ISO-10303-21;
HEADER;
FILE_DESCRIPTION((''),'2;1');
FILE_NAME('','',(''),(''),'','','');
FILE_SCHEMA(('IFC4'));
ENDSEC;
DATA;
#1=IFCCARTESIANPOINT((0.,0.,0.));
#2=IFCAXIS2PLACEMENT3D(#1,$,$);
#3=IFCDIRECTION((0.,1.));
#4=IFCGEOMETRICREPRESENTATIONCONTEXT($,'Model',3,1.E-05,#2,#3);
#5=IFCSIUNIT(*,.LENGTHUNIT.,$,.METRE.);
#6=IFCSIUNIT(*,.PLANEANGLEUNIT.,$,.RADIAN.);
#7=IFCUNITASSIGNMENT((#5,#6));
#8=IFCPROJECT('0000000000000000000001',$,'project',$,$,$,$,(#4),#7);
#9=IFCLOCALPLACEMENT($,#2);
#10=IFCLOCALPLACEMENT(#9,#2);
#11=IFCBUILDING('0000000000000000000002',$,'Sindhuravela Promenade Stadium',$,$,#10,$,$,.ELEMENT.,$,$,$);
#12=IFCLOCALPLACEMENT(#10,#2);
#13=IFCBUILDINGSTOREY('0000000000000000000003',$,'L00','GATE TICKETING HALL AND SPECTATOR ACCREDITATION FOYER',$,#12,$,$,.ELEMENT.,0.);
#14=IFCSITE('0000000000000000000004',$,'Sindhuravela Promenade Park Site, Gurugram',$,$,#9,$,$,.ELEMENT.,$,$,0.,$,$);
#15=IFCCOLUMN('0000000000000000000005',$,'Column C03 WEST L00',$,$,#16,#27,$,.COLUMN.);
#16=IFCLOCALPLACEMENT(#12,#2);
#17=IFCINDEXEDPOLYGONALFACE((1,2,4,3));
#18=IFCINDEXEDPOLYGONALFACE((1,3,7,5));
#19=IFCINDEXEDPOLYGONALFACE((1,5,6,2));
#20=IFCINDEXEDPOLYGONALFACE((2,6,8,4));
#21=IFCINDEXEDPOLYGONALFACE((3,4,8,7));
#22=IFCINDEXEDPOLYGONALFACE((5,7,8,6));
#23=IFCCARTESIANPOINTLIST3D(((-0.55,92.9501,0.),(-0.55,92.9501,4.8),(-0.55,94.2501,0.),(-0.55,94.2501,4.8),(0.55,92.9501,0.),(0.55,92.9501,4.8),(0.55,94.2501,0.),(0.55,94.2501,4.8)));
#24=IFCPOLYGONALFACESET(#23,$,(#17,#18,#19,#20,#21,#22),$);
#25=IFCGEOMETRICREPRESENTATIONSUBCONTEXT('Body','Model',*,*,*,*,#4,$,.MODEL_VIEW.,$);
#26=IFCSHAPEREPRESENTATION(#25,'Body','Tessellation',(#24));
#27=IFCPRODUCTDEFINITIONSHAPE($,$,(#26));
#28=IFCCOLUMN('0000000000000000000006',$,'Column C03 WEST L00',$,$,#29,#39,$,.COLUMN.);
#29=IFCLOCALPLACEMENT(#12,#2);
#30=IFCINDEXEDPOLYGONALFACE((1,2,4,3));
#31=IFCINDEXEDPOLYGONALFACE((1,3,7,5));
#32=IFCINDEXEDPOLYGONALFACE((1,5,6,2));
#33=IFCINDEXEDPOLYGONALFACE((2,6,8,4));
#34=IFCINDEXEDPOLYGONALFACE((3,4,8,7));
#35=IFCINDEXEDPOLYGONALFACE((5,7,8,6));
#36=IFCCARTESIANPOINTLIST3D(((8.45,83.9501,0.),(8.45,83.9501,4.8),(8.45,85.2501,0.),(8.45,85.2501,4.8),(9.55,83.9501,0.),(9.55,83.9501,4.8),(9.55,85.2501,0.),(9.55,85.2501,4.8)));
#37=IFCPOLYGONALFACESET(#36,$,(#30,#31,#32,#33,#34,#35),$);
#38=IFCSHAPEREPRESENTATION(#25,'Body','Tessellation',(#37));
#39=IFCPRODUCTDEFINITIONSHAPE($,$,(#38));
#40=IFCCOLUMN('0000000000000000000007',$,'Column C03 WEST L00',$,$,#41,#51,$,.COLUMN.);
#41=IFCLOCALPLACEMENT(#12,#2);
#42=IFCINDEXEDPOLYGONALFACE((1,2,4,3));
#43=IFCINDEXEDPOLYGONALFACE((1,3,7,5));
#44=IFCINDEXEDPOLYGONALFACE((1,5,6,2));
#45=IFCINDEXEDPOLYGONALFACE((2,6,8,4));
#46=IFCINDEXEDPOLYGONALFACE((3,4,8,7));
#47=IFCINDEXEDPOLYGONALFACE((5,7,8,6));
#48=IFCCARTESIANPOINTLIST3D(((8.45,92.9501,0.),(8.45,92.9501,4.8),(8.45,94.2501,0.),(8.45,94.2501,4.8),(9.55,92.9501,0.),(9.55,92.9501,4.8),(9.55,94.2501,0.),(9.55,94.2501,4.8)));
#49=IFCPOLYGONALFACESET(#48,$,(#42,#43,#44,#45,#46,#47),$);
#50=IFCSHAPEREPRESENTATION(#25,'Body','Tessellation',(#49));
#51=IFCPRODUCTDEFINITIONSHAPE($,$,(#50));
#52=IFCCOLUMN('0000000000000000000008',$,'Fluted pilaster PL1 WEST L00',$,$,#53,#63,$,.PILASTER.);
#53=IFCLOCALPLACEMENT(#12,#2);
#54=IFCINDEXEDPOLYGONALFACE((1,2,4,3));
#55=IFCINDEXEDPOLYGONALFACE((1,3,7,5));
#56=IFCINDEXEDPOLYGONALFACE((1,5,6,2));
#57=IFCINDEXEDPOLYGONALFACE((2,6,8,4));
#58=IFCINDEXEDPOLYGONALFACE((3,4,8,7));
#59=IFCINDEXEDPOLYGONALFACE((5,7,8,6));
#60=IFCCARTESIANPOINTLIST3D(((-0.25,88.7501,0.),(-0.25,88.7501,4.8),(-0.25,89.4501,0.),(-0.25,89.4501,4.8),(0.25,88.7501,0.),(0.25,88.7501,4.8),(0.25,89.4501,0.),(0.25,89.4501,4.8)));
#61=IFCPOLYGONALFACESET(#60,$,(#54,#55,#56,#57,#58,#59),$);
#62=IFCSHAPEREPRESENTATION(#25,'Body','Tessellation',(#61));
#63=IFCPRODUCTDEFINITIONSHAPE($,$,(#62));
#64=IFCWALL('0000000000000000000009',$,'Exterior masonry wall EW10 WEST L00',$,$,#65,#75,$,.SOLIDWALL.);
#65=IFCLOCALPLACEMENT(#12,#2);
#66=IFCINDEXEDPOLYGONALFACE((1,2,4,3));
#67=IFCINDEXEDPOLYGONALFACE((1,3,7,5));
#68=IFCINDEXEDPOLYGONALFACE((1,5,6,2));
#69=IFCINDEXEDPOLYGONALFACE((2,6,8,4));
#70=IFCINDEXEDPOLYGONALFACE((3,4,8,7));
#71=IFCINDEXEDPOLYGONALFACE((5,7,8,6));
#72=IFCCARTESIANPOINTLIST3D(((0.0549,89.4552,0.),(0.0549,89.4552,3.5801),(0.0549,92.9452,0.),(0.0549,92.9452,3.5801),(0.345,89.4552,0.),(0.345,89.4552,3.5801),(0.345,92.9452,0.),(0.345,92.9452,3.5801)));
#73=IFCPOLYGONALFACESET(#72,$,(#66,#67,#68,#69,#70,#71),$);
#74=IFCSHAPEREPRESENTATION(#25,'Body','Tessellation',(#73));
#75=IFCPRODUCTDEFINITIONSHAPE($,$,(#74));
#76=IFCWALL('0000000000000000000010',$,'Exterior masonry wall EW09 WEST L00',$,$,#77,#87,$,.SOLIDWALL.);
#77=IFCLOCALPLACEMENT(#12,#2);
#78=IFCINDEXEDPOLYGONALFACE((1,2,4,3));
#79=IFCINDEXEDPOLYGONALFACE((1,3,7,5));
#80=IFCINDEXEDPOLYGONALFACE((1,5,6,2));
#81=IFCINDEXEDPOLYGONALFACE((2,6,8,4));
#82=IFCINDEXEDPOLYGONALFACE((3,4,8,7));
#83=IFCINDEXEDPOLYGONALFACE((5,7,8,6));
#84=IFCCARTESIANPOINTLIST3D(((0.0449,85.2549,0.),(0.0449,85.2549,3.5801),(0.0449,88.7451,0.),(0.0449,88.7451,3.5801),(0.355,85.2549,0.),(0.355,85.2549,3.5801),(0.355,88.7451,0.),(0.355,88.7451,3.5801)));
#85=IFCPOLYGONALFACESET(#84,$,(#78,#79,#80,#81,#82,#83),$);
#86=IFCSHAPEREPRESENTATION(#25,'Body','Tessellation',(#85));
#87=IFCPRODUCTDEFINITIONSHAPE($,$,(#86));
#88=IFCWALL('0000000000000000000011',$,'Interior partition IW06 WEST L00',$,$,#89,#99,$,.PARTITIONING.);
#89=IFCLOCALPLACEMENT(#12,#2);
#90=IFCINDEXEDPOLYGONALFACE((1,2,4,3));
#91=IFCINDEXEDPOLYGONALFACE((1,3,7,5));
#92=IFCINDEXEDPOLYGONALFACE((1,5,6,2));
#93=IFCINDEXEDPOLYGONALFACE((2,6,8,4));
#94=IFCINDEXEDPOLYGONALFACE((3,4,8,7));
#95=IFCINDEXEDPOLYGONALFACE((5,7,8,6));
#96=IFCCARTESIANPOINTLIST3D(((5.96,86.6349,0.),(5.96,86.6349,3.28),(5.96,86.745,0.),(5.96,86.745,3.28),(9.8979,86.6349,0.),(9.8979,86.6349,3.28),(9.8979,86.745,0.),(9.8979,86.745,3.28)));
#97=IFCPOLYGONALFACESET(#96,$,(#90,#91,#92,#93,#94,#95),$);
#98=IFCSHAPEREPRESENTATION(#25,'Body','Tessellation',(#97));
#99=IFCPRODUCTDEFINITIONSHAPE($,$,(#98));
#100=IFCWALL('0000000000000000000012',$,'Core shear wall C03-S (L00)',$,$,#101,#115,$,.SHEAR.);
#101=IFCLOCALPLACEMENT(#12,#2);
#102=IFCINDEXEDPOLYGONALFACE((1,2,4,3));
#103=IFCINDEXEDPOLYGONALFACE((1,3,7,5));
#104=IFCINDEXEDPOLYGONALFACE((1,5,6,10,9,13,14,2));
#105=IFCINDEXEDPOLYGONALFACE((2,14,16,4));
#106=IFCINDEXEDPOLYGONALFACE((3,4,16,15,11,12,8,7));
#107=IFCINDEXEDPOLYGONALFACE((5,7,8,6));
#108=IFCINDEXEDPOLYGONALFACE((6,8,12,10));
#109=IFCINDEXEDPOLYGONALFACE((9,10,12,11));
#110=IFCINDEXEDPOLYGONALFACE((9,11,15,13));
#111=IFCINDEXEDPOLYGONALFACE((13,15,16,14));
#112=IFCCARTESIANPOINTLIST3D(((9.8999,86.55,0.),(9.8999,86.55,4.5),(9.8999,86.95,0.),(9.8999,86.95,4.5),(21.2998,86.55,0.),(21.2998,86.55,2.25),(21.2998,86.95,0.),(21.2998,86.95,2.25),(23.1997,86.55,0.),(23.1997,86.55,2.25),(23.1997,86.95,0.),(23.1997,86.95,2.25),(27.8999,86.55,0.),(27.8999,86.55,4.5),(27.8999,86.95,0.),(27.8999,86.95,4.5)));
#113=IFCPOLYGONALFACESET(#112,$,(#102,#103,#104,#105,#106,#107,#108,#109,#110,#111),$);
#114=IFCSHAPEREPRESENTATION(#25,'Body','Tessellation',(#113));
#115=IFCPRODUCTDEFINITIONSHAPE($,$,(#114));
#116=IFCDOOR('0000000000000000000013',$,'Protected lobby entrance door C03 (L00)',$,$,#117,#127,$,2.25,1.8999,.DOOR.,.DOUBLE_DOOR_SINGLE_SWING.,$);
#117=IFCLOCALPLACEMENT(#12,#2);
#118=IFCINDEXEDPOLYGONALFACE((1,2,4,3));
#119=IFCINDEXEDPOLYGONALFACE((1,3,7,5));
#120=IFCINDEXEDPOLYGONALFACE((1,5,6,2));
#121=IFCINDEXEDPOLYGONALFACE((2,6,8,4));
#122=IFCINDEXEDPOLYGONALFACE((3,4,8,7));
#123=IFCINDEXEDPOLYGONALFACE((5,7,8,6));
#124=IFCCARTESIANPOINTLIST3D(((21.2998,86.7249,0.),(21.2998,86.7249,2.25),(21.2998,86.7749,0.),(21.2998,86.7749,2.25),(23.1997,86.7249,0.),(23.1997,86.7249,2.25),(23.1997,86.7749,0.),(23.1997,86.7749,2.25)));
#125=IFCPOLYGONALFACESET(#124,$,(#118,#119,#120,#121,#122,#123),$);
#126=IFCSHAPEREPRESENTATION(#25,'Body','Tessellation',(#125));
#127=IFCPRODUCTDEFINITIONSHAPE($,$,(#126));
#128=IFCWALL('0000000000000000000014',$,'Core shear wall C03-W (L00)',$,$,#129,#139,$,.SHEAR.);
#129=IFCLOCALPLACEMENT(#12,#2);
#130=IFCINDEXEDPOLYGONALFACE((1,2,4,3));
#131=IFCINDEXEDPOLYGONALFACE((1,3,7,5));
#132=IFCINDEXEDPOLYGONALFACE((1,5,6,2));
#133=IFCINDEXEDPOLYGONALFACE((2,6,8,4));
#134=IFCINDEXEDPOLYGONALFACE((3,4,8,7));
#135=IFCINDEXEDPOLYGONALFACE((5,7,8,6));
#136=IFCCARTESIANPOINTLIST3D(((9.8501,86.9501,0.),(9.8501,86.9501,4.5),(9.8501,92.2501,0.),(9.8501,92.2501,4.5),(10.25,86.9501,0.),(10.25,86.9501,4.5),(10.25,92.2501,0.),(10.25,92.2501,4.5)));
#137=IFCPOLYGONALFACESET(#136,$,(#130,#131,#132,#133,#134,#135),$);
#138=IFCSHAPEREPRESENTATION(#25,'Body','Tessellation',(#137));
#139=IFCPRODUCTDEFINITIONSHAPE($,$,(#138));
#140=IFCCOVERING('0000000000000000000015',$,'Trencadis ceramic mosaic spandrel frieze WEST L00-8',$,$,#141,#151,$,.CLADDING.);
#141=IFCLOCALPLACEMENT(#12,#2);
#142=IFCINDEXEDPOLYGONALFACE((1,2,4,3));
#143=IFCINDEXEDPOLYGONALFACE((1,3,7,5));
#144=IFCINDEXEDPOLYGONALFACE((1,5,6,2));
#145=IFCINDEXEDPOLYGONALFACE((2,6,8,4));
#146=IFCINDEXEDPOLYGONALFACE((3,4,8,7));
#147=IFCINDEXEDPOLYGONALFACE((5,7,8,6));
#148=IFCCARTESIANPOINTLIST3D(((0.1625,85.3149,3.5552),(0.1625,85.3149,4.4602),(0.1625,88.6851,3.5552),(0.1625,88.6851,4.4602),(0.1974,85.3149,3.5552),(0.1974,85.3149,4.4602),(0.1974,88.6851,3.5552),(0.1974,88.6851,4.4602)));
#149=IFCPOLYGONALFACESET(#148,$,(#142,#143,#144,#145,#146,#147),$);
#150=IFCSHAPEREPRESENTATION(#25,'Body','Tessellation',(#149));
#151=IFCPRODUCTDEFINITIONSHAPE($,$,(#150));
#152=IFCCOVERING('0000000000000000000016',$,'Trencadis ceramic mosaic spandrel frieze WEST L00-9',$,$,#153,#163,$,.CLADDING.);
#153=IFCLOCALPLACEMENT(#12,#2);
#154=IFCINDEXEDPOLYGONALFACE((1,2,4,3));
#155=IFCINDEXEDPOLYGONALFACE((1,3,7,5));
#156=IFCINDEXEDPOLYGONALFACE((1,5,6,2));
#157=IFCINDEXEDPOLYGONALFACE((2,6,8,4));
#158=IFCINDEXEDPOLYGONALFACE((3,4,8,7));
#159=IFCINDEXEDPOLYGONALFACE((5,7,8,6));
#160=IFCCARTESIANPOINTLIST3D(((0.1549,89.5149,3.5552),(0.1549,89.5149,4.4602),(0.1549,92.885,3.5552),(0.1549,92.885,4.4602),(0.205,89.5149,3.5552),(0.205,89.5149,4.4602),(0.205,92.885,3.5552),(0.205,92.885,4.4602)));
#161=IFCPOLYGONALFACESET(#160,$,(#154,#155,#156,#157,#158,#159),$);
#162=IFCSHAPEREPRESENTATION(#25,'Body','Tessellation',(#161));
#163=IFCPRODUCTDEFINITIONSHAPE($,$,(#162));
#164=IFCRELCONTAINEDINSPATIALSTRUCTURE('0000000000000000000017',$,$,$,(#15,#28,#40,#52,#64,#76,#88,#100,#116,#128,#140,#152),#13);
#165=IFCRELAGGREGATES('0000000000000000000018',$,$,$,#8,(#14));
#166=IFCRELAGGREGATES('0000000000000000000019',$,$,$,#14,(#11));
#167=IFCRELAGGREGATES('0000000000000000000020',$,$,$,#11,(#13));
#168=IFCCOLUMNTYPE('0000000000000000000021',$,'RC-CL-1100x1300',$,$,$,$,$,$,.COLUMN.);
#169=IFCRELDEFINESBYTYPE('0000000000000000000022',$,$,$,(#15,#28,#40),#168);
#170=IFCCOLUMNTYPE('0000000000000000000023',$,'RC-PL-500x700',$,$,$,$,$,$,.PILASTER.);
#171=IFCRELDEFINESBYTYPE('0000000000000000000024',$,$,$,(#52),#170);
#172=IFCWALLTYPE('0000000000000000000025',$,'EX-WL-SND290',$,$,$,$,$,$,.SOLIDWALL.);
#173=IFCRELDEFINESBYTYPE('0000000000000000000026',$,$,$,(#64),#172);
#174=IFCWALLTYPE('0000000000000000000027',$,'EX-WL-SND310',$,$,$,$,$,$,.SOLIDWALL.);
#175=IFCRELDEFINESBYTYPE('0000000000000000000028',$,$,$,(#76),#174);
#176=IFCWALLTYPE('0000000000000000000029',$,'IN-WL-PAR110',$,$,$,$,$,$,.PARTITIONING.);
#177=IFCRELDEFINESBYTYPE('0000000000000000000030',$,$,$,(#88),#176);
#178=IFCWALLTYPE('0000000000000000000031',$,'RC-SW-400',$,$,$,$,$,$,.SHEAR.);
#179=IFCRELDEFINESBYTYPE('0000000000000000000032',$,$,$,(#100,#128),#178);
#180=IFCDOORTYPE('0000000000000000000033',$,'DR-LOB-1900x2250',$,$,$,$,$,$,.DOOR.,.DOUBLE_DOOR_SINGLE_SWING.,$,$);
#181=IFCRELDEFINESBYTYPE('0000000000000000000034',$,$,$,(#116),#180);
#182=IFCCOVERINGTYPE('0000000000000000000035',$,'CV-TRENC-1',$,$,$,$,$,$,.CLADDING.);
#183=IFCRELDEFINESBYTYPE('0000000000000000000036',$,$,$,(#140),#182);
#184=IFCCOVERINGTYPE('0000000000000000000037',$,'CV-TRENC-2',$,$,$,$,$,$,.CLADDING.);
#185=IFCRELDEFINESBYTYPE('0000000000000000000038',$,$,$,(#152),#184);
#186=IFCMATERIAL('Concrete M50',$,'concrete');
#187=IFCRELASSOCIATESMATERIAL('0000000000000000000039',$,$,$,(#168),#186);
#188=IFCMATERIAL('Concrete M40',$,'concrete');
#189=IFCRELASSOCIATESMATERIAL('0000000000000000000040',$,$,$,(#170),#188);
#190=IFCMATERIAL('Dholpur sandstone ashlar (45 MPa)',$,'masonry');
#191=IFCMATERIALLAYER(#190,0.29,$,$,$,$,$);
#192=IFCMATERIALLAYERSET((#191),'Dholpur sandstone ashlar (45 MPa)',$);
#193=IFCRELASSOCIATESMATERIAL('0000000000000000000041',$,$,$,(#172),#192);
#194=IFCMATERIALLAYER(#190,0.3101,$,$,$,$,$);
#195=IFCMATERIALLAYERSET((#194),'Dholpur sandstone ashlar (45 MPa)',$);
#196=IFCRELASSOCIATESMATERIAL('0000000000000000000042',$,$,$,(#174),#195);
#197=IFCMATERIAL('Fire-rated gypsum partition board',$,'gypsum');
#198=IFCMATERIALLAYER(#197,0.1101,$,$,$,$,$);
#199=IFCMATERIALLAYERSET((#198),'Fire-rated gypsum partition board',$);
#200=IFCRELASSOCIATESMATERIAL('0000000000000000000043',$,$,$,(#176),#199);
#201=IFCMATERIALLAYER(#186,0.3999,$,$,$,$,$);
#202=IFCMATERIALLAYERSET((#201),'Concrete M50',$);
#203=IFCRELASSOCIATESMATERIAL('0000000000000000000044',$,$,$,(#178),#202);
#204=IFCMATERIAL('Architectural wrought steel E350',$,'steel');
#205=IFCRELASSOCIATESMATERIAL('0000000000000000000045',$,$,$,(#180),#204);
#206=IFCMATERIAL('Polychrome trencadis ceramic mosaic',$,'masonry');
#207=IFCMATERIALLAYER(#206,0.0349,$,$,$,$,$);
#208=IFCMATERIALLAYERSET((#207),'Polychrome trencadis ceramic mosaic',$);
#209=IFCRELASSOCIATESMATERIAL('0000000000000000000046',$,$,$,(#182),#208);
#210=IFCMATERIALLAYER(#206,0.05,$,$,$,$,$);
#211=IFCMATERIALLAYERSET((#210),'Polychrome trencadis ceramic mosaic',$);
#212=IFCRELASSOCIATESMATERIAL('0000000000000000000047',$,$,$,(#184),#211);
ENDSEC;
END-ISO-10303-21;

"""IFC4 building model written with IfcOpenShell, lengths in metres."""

from ifc_helpers import new_model, si_unit, direction, frame, frame_2d, origin, origin_2d, place, context, subcontext, project, spatial, rectangle, extrude, material, layer, layer_set, material_profile, profile_set, type_object, element, fill, save


model = new_model("IFC4")

# Units and contexts
model_context = context("Model", 3, precision=1e-05, world=origin(), true_north=direction((0.0, 1.0)))
body_context = subcontext(model_context, "Body", "Model", "MODEL_VIEW")
ifc_project = project(units=[si_unit("LENGTHUNIT", "METRE"), si_unit("PLANEANGLEUNIT", "RADIAN")], contexts=[model_context])

# Site, building, storey
site_placement = place(None, origin())
site = spatial("IfcSite", under=ifc_project, at=site_placement, Name="Sindhuravela Promenade Park Site, Gurugram", CompositionType="ELEMENT", RefElevation=0.0)
building_placement = place(site_placement, origin())
building = spatial("IfcBuilding", under=site, at=building_placement, Name="Sindhuravela Promenade Stadium", CompositionType="ELEMENT")
storey_placement = place(building_placement, origin())
storey = spatial("IfcBuildingStorey", under=building, at=storey_placement, Name="L00", Description="GATE TICKETING HALL AND SPECTATOR ACCREDITATION FOYER", CompositionType="ELEMENT", Elevation=0.0)

# Shared definitions
ifc_material_1 = material(Name="Concrete M50", Category="concrete")

# Shared definitions
ifc_material_2 = material(Name="Concrete M40", Category="concrete")

# Columns
ifc_material_profile_1 = material_profile(ifc_material_1, rectangle(XDim=1.1001, YDim=1.3, at=origin_2d()), Name="RC 1100x1300")
ifc_profile_set_1 = profile_set([ifc_material_profile_1], Name="Concrete M50")
column_type_1 = type_object("IfcColumnType", Name="RC-CL-1100x1300", PredefinedType="COLUMN", material=ifc_profile_set_1)
for number, where, z_axis, x_axis, name in (
    (1, (0.0, 93.6001, 0.0), (0.0, 0.0, 1.0), (1.0, 0.0, 0.0), "Column C03 WEST L00"),
    (2, (9.0, 84.6001, 0.0), (0.0, 0.0, 1.0), (1.0, 0.0, 0.0), "Column C03 WEST L00"),
    (3, (9.0, 93.6001, 0.0), (0.0, 0.0, 1.0), (1.0, 0.0, 0.0), "Column C03 WEST L00"),
):
    element("IfcColumn", number, at=place(storey_placement, frame(where, z_axis=z_axis, x_axis=x_axis)), inside=storey, type_object=column_type_1, Name=name, PredefinedType="COLUMN", context=body_context, shape_type="SweptSolid", body=[
        extrude(rectangle(XDim=1.1001, YDim=1.3, at=origin_2d()), origin(), (0.0, 0.0, 1.0), 4.8),
    ])
ifc_material_profile_2 = material_profile(ifc_material_2, rectangle(XDim=0.5, YDim=0.7, at=origin_2d()), Name="PIL 500x700")
ifc_profile_set_2 = profile_set([ifc_material_profile_2], Name="Concrete M40")
column_type_2 = type_object("IfcColumnType", Name="RC-PL-500x700", PredefinedType="PILASTER", material=ifc_profile_set_2)
column_placement = place(storey_placement, frame((0.0, 89.1001, 0.0), z_axis=(0.0, 0.0, 1.0), x_axis=(1.0, 0.0, 0.0)))
element("IfcColumn", 4, at=column_placement, inside=storey, type_object=column_type_2, Name="Fluted pilaster PL1 WEST L00", PredefinedType="PILASTER", context=body_context, shape_type="SweptSolid", body=[
    extrude(rectangle(XDim=0.5, YDim=0.7, at=origin_2d()), origin(), (0.0, 0.0, 1.0), 4.8),
])

# Walls
ifc_material_3 = material(Name="Dholpur sandstone ashlar (45 MPa)", Category="masonry")
ifc_layer_1 = layer(ifc_material_3, 0.29)
ifc_layer_set_1 = layer_set([ifc_layer_1], Name="Dholpur sandstone ashlar (45 MPa)")
wall_type_1 = type_object("IfcWallType", Name="EX-WL-SND290", PredefinedType="SOLIDWALL", material=ifc_layer_set_1)
wall_1_placement = place(storey_placement, frame((0.2, 89.4551, 0.0), z_axis=(0.0, 0.0, 1.0), x_axis=(0.0, 1.0, 0.0)))
element("IfcWall", 5, at=wall_1_placement, inside=storey, type_object=wall_type_1, Name="Exterior masonry wall EW10 WEST L00", PredefinedType="SOLIDWALL", context=body_context, shape_type="SweptSolid", body=[
    extrude(rectangle(XDim=3.49, YDim=0.29, at=frame_2d((1.7451, 0.0))), origin(), (0.0, 0.0, 1.0), 3.5801),
])
ifc_layer_2 = layer(ifc_material_3, 0.3101)
ifc_layer_set_2 = layer_set([ifc_layer_2], Name="Dholpur sandstone ashlar (45 MPa)")
wall_type_2 = type_object("IfcWallType", Name="EX-WL-SND310", PredefinedType="SOLIDWALL", material=ifc_layer_set_2)
wall_2_placement = place(storey_placement, frame((0.2, 85.2549, 0.0), z_axis=(0.0, 0.0, 1.0), x_axis=(0.0, 1.0, 0.0)))
element("IfcWall", 6, at=wall_2_placement, inside=storey, type_object=wall_type_2, Name="Exterior masonry wall EW09 WEST L00", PredefinedType="SOLIDWALL", context=body_context, shape_type="SweptSolid", body=[
    extrude(rectangle(XDim=3.4902, YDim=0.3101, at=frame_2d((1.7451, 0.0))), origin(), (0.0, 0.0, 1.0), 3.5801),
])
ifc_material_4 = material(Name="Fire-rated gypsum partition board", Category="gypsum")
ifc_layer_3 = layer(ifc_material_4, 0.1101)
ifc_layer_set_3 = layer_set([ifc_layer_3], Name="Fire-rated gypsum partition board")
wall_type_3 = type_object("IfcWallType", Name="IN-WL-PAR110", PredefinedType="PARTITIONING", material=ifc_layer_set_3)
wall_3_placement = place(storey_placement, frame((9.8979, 86.6899, 0.0), z_axis=(0.0, 0.0, 1.0), x_axis=(-1.0, 0.0, 0.0)))
element("IfcWall", 7, at=wall_3_placement, inside=storey, type_object=wall_type_3, Name="Interior partition IW06 WEST L00", PredefinedType="PARTITIONING", context=body_context, shape_type="SweptSolid", body=[
    extrude(rectangle(XDim=3.938, YDim=0.1101, at=frame_2d((1.969, 0.0))), origin(), (0.0, 0.0, 1.0), 3.28),
])

# Wall, opening, door
ifc_layer_4 = layer(ifc_material_1, 0.3999)
ifc_layer_set_4 = layer_set([ifc_layer_4], Name="Concrete M50")
wall_type_4 = type_object("IfcWallType", Name="RC-SW-400", PredefinedType="SHEAR", material=ifc_layer_set_4)
wall_4_placement = place(storey_placement, frame((9.8999, 86.75, 0.0), z_axis=(0.0, 0.0, 1.0), x_axis=(1.0, 0.0, 0.0)))
wall_4 = element("IfcWall", 8, at=wall_4_placement, inside=storey, type_object=wall_type_4, Name="Core shear wall C03-S (L00)", PredefinedType="SHEAR", context=body_context, shape_type="SweptSolid", body=[
    extrude(rectangle(XDim=18.0, YDim=0.3999, at=frame_2d((9.0, 0.0))), origin(), (0.0, 0.0, 1.0), 4.5),
])
opening_placement = place(wall_4_placement, frame((11.3999, 0.0, 0.0)))
opening = element("IfcOpeningElement", 9, at=opening_placement, cuts=wall_4, PredefinedType="OPENING", context=body_context, shape_type="SweptSolid", body=[
    extrude(rectangle(XDim=1.8999, YDim=2.25, at=frame_2d((0.95, 1.125))), frame((0.0, 0.21, 0.0), z_axis=(0.0, -1.0, 0.0), x_axis=(1.0, 0.0, 0.0)), (0.0, 0.0, 1.0), 0.4199),
])
ifc_material_5 = material(Name="Architectural wrought steel E350", Category="steel")
door_type = type_object("IfcDoorType", Name="DR-LOB-1900x2250", OperationType="DOUBLE_DOOR_SINGLE_SWING", PredefinedType="DOOR", material=ifc_material_5)
door_placement = place(opening_placement, origin())
door = element("IfcDoor", 10, at=door_placement, inside=storey, type_object=door_type, Name="Protected lobby entrance door C03 (L00)", OperationType="DOUBLE_DOOR_SINGLE_SWING", OverallHeight=2.25, OverallWidth=1.8999, PredefinedType="DOOR", context=body_context, shape_type="SweptSolid", body=[
    extrude(rectangle(XDim=1.8999, YDim=2.25, at=frame_2d((0.95, 1.125))), frame((0.0, 0.0249, 0.0), z_axis=(0.0, -1.0, 0.0), x_axis=(1.0, 0.0, 0.0)), (0.0, 0.0, 1.0), 0.05),
])
fill(opening, door)

# Wall
wall_5_placement = place(storey_placement, frame((10.05, 92.25, 0.0), z_axis=(0.0, 0.0, 1.0), x_axis=(0.0, -1.0, 0.0)))
element("IfcWall", 11, at=wall_5_placement, inside=storey, type_object=wall_type_4, Name="Core shear wall C03-W (L00)", PredefinedType="SHEAR", context=body_context, shape_type="SweptSolid", body=[
    extrude(rectangle(XDim=5.3, YDim=0.3999, at=frame_2d((2.6499, 0.0))), origin(), (0.0, 0.0, 1.0), 4.5),
])

# Coverings
ifc_material_6 = material(Name="Polychrome trencadis ceramic mosaic", Category="masonry")
ifc_layer_5 = layer(ifc_material_6, 0.0349)
ifc_layer_set_5 = layer_set([ifc_layer_5], Name="Polychrome trencadis ceramic mosaic")
covering_type_1 = type_object("IfcCoveringType", Name="CV-TRENC-1", PredefinedType="CLADDING", material=ifc_layer_set_5)
covering_1_placement = place(storey_placement, frame((0.1799, 87.0, 3.5552), z_axis=(0.0, 0.0, 1.0), x_axis=(0.0, 1.0, 0.0)))
element("IfcCovering", 12, at=covering_1_placement, inside=storey, type_object=covering_type_1, Name="Trencadis ceramic mosaic spandrel frieze WEST L00-8", PredefinedType="CLADDING", context=body_context, shape_type="SweptSolid", body=[
    extrude(rectangle(XDim=3.3701, YDim=0.0349, at=origin_2d()), origin(), (0.0, 0.0, 1.0), 0.905),
])
ifc_layer_6 = layer(ifc_material_6, 0.05)
ifc_layer_set_6 = layer_set([ifc_layer_6], Name="Polychrome trencadis ceramic mosaic")
covering_type_2 = type_object("IfcCoveringType", Name="CV-TRENC-2", PredefinedType="CLADDING", material=ifc_layer_set_6)
covering_2_placement = place(storey_placement, frame((0.1799, 91.2, 3.5552), z_axis=(0.0, 0.0, 1.0), x_axis=(0.0, 1.0, 0.0)))
element("IfcCovering", 13, at=covering_2_placement, inside=storey, type_object=covering_type_2, Name="Trencadis ceramic mosaic spandrel frieze WEST L00-9", PredefinedType="CLADDING", context=body_context, shape_type="SweptSolid", body=[
    extrude(rectangle(XDim=3.3701, YDim=0.05, at=origin_2d()), origin(), (0.0, 0.0, 1.0), 0.905),
])

save(model, "model.ifc")
